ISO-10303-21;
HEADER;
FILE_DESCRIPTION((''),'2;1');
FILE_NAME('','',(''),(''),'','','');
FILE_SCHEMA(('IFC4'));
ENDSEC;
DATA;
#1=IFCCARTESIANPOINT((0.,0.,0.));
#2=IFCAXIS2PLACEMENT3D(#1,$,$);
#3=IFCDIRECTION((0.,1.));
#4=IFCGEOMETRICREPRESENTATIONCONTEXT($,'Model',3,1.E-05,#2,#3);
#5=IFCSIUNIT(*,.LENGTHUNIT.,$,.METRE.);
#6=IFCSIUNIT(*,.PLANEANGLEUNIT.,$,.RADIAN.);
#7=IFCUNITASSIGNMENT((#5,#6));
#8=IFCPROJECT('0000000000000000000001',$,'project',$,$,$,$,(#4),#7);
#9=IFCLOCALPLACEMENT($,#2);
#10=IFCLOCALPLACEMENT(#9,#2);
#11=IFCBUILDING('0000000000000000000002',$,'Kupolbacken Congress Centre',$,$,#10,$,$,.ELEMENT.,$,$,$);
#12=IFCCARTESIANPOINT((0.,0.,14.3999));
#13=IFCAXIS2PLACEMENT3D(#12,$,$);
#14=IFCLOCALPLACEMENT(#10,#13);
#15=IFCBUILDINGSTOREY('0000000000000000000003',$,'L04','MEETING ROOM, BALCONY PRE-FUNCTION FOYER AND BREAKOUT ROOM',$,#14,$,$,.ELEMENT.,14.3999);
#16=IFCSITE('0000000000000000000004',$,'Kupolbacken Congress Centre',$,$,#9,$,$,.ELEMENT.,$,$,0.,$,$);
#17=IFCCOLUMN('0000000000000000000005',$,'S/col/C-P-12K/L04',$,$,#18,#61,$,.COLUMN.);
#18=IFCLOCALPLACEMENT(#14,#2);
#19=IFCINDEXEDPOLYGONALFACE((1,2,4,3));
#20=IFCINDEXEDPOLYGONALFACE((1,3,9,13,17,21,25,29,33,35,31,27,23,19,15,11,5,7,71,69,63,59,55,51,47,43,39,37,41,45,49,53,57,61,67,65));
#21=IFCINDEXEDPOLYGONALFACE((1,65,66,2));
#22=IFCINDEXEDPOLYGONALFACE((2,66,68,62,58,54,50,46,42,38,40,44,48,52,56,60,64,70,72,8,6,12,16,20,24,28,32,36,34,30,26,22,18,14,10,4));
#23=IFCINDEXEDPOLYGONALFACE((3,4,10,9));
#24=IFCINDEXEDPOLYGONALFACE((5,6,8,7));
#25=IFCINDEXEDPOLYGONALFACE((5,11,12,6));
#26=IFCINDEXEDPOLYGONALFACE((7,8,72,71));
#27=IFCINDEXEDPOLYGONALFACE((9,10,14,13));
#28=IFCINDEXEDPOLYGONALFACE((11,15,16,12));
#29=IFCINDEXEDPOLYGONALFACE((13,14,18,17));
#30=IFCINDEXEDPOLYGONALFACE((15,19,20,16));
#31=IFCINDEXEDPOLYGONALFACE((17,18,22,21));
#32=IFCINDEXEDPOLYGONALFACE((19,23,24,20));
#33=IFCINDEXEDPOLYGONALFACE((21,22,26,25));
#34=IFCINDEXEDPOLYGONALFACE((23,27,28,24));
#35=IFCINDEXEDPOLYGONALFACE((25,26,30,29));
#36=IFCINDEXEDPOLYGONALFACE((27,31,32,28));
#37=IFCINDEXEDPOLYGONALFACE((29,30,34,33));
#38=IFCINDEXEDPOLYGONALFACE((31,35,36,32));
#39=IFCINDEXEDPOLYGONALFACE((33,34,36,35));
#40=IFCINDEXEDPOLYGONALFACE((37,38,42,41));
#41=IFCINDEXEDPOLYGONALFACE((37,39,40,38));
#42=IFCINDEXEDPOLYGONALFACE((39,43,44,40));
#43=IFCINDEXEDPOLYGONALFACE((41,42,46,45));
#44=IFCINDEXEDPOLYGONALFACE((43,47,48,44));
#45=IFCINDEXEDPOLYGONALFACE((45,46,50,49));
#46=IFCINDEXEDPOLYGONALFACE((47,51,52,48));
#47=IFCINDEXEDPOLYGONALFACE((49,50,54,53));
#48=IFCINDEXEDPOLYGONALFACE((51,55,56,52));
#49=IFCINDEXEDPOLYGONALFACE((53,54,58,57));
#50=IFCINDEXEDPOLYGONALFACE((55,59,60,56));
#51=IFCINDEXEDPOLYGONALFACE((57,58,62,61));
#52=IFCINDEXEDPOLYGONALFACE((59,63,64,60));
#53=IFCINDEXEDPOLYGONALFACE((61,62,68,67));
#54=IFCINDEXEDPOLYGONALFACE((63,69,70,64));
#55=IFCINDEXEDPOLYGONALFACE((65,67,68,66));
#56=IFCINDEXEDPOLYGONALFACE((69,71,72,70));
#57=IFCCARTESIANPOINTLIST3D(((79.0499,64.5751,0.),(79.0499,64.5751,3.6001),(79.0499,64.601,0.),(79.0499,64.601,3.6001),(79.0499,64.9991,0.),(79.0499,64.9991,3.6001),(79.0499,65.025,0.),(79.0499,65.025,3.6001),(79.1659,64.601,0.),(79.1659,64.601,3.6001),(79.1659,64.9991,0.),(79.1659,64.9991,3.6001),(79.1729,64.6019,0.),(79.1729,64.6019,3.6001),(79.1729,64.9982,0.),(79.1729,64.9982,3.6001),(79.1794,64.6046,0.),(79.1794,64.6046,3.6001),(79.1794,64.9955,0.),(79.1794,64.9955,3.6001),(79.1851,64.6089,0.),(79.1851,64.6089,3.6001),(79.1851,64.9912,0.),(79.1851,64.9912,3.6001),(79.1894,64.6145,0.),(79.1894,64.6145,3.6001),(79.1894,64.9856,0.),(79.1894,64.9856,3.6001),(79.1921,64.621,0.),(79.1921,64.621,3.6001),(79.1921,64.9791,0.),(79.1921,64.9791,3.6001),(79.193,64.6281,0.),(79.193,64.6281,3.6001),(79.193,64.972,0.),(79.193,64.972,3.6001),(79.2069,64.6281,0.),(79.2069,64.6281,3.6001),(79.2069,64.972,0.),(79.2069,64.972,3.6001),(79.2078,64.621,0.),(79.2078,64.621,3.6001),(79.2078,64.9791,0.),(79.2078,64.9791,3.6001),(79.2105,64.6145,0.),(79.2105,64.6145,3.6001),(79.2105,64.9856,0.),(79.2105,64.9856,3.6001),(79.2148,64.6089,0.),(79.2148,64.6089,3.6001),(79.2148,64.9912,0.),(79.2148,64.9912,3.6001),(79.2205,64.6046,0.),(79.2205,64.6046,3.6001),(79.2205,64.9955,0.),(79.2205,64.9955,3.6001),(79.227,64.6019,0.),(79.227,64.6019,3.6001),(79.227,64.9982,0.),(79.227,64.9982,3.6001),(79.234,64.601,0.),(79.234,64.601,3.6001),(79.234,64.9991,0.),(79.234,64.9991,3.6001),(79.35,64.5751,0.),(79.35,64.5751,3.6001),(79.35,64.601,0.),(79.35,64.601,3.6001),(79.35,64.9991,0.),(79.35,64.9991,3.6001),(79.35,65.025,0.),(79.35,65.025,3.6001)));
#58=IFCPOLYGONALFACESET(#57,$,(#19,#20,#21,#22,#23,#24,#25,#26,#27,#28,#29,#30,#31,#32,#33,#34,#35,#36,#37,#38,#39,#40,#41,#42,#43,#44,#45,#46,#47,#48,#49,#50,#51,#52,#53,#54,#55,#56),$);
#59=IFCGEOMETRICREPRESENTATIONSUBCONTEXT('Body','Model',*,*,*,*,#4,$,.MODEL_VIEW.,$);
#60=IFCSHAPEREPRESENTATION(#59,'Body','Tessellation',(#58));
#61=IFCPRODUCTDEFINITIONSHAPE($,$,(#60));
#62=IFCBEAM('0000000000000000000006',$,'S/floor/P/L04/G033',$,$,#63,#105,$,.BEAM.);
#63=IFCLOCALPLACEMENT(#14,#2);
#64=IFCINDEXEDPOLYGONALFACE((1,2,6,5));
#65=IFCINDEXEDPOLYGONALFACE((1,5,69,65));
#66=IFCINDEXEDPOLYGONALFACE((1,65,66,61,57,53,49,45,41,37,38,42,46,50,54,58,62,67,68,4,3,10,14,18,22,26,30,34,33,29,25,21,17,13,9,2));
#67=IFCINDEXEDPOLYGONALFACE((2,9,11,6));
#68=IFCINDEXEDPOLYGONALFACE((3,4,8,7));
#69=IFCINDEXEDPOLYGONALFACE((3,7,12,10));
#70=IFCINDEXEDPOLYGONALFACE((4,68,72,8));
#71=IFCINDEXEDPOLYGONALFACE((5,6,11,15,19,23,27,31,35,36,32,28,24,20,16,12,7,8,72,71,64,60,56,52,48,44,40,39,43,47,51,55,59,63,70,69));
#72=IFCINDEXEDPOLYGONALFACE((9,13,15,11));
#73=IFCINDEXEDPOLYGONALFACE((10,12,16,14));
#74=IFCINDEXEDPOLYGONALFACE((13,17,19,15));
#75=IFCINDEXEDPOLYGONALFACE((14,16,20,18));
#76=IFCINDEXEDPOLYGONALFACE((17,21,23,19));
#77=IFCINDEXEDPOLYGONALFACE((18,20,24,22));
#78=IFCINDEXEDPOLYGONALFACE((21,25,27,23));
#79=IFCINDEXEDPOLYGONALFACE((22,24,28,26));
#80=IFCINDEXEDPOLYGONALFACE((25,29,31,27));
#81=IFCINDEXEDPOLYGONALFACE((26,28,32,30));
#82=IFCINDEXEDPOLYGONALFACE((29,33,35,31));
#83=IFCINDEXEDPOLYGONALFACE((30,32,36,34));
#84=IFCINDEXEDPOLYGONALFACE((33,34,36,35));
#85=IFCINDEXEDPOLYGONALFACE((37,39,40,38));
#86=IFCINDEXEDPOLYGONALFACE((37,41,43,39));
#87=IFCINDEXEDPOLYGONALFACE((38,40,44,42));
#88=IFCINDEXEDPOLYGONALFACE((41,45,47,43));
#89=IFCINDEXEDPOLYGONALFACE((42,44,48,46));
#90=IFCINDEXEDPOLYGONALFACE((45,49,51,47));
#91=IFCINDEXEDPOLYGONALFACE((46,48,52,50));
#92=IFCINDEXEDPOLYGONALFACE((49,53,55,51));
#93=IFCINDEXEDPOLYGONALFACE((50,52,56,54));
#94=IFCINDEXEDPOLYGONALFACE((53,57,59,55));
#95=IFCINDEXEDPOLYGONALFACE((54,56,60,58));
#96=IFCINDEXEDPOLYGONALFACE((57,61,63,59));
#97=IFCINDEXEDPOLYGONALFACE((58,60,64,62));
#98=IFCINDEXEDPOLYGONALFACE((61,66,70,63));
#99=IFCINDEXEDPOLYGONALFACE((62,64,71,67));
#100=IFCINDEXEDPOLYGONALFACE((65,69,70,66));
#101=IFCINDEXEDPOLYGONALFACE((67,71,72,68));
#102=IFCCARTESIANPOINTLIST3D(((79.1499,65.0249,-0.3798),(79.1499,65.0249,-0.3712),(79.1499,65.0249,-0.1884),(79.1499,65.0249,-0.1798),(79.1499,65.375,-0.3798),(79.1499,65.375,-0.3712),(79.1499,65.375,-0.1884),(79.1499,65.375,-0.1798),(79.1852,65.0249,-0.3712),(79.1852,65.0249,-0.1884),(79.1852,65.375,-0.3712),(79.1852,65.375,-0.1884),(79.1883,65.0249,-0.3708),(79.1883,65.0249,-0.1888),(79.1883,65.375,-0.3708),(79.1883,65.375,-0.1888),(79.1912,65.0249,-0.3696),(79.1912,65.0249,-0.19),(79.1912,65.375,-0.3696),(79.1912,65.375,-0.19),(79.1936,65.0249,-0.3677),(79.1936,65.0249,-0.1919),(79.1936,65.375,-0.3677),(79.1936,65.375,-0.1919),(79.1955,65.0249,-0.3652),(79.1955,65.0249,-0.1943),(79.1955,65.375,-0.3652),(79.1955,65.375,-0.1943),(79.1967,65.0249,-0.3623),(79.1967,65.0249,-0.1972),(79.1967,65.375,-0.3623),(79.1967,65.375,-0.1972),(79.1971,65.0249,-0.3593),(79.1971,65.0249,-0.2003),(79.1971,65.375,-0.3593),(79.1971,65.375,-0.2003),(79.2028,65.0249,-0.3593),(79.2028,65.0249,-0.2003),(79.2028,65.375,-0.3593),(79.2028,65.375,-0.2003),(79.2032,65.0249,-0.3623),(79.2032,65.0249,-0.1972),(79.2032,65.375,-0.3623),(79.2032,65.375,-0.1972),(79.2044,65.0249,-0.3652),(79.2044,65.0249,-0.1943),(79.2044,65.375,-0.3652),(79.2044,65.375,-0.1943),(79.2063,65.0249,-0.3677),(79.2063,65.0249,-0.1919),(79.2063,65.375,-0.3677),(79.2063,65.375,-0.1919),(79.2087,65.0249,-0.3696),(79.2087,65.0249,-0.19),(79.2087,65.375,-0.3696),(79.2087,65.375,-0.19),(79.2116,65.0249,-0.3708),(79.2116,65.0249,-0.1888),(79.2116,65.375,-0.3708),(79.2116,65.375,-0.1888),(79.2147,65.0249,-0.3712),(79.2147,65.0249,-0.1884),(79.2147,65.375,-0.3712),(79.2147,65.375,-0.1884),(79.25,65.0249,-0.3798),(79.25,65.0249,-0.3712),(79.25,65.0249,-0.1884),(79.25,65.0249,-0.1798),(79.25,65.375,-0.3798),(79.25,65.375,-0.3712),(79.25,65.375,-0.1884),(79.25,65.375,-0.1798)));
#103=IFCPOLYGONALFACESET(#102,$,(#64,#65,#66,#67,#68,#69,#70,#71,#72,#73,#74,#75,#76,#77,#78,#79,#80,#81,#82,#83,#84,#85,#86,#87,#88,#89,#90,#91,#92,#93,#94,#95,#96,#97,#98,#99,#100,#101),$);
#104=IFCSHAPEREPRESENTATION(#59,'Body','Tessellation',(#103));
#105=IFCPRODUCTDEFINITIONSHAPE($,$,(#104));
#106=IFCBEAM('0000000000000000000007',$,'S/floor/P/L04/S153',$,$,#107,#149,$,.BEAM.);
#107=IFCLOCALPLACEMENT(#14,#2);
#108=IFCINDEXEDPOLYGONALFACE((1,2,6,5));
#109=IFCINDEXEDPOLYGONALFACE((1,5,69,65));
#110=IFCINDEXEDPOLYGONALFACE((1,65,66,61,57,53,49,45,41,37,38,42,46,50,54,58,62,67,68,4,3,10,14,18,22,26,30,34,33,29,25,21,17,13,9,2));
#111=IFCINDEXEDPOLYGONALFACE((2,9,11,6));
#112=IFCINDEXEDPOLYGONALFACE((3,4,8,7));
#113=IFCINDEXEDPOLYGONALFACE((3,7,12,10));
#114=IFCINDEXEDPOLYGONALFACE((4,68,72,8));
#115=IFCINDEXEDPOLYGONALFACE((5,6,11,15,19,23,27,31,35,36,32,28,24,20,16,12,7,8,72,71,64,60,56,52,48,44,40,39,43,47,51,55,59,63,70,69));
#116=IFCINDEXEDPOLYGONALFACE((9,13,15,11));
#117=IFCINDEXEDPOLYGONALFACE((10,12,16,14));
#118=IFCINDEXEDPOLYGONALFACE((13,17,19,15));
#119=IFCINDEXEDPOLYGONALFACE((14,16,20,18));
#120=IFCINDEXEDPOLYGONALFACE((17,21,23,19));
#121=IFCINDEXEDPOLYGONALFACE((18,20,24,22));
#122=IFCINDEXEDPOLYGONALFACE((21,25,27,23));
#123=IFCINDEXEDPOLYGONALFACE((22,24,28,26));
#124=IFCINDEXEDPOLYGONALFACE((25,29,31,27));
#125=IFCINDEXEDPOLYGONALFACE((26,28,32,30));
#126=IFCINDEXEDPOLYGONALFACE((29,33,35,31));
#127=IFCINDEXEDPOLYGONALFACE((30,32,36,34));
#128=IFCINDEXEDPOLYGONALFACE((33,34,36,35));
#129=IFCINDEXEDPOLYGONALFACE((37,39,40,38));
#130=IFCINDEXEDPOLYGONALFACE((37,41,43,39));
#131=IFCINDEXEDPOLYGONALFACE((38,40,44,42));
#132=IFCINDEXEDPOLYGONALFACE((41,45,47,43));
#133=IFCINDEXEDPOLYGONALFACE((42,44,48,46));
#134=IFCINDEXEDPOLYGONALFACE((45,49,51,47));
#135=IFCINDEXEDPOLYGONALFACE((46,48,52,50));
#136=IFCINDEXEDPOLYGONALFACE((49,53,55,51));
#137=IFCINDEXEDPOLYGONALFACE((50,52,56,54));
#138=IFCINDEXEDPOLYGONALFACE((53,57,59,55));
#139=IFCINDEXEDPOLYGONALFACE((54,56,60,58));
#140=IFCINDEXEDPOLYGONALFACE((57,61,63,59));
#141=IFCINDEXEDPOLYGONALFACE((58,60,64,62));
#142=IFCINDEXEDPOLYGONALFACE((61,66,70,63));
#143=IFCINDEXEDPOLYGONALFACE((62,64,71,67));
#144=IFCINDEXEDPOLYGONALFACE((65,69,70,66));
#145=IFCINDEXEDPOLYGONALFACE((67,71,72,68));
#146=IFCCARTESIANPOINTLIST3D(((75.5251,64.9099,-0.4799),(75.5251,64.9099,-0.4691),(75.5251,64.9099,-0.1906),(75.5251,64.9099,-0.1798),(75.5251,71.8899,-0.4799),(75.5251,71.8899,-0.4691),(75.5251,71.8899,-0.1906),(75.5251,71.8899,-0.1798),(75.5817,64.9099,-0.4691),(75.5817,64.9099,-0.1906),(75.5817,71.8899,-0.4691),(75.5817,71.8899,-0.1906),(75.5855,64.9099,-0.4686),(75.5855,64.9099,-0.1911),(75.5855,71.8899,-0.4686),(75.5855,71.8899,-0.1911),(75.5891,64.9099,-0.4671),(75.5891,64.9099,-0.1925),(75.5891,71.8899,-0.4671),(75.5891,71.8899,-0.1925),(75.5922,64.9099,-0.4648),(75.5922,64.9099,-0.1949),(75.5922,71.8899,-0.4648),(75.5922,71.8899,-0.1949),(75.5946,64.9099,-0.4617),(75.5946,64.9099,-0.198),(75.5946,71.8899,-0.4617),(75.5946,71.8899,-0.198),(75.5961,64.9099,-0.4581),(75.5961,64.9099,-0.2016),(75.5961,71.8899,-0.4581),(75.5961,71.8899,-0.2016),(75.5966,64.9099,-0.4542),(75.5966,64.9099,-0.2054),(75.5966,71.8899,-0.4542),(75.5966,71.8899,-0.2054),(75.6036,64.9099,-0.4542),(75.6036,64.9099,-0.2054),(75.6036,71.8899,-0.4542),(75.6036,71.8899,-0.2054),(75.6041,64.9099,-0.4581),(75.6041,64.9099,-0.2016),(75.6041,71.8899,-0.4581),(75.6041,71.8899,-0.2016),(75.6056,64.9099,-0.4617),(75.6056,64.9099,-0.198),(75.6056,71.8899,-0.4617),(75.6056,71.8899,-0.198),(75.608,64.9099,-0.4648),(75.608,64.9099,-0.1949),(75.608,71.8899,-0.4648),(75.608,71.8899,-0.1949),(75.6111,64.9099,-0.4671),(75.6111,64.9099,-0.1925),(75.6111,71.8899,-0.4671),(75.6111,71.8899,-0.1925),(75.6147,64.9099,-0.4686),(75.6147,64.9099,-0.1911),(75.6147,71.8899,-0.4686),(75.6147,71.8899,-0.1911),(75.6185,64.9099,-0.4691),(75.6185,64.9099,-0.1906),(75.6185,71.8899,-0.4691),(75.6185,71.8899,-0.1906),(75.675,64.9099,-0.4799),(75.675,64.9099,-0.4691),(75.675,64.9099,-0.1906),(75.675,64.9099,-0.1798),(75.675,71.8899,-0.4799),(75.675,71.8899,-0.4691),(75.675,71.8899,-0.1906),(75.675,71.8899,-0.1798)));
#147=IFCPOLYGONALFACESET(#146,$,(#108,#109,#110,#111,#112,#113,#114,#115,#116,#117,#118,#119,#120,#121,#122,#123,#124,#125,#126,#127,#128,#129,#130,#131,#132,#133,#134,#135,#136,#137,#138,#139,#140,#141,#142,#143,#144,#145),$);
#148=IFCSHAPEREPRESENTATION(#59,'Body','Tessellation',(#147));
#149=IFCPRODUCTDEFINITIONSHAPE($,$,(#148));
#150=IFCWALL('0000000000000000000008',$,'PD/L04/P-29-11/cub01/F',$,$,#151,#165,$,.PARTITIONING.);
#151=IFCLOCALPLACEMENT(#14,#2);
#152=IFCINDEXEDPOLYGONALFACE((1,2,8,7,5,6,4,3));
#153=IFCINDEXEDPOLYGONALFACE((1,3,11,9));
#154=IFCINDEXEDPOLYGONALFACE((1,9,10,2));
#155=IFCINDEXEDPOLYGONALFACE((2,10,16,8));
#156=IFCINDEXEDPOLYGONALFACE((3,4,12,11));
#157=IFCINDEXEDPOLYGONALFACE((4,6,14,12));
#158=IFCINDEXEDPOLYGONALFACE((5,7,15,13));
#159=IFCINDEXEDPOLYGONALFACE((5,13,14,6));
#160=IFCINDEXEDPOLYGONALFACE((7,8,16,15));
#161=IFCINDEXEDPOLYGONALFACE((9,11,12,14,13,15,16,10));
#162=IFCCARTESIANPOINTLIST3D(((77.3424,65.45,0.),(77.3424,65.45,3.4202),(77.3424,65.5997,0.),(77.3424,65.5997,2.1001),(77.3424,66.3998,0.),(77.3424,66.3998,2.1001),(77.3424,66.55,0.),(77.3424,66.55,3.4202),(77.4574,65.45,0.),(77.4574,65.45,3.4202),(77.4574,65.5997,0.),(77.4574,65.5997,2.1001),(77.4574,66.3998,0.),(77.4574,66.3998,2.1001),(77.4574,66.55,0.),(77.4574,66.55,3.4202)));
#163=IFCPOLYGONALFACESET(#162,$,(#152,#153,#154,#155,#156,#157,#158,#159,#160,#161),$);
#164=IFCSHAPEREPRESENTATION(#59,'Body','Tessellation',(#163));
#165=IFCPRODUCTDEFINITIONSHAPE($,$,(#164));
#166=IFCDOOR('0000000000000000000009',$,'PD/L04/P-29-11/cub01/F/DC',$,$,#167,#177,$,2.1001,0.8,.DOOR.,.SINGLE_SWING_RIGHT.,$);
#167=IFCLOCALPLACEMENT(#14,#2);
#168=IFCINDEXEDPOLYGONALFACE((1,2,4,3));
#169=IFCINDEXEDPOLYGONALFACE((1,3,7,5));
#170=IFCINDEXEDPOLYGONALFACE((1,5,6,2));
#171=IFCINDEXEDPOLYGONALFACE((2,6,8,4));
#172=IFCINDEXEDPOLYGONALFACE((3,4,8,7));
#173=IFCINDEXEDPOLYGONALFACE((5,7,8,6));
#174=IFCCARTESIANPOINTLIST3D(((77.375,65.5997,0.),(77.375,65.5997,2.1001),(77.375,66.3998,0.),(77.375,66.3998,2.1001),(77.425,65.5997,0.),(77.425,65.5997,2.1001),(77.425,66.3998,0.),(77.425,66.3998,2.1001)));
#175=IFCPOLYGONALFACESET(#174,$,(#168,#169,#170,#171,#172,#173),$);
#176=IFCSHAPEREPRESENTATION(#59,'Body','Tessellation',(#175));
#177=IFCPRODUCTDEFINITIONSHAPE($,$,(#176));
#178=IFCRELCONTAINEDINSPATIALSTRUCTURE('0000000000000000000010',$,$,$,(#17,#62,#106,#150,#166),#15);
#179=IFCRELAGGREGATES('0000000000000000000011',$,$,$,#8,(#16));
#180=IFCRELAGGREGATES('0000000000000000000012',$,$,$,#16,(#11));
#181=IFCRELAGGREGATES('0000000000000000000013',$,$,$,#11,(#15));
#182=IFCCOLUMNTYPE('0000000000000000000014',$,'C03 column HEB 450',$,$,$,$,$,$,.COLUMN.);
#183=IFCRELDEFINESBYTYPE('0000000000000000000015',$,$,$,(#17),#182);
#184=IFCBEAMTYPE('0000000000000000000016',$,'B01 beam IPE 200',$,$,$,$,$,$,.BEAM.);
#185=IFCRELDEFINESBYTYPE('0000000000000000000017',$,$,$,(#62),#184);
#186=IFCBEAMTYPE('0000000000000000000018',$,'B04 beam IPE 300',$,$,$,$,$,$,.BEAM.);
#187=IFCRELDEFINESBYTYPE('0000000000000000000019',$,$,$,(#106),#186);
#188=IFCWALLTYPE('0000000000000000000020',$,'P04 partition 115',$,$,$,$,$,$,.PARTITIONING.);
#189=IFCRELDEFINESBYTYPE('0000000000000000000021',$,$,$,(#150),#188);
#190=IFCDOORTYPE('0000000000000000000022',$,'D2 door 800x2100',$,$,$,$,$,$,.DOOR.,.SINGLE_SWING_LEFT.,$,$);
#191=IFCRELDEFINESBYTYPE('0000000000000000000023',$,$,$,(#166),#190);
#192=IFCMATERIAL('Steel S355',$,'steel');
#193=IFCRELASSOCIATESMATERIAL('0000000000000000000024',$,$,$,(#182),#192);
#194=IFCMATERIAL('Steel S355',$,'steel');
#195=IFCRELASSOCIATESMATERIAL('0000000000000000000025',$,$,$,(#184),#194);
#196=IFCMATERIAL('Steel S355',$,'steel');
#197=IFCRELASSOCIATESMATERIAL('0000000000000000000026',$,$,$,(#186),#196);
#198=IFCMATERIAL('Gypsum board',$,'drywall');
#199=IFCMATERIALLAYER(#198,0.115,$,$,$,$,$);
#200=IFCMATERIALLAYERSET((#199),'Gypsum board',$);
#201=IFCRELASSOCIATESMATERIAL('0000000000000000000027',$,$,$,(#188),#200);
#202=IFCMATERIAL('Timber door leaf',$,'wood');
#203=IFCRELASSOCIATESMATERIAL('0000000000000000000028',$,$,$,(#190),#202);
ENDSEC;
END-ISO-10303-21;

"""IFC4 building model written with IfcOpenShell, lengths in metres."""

from ifc_helpers import new_model, si_unit, direction, frame, frame_2d, origin, origin_2d, place, context, subcontext, project, spatial, rectangle, i_section, extrude, material, layer, layer_set, material_profile, profile_set, type_object, element, fill, save


model = new_model("IFC4")

# Units and contexts
model_context = context("Model", 3, precision=1e-05, world=origin(), true_north=direction((0.0, 1.0)))
body_context = subcontext(model_context, "Body", "Model", "MODEL_VIEW")
ifc_project = project(units=[si_unit("LENGTHUNIT", "METRE"), si_unit("PLANEANGLEUNIT", "RADIAN")], contexts=[model_context])

# Site, building, storey
site_placement = place(None, origin())
site = spatial("IfcSite", under=ifc_project, at=site_placement, Name="Kupolbacken Congress Centre", CompositionType="ELEMENT", RefElevation=0.0)
building_placement = place(site_placement, origin())
building = spatial("IfcBuilding", under=site, at=building_placement, Name="Kupolbacken Congress Centre", CompositionType="ELEMENT")
storey_placement = place(building_placement, frame((0.0, 0.0, 14.3999)))
storey = spatial("IfcBuildingStorey", under=building, at=storey_placement, Name="L04", Description="MEETING ROOM, BALCONY PRE-FUNCTION FOYER AND BREAKOUT ROOM", CompositionType="ELEMENT", Elevation=14.3999)

# Column
ifc_material_1 = material(Name="Steel S355", Category="steel")
ifc_material_profile_1 = material_profile(ifc_material_1, i_section(OverallWidth=0.3, OverallDepth=0.45, WebThickness=0.0139, FlangeThickness=0.0259, FilletRadius=0.0271, at=origin_2d()), Name="HEB 450")
ifc_profile_set_1 = profile_set([ifc_material_profile_1], Name="Steel S355")
column_type = type_object("IfcColumnType", Name="C03 column HEB 450", PredefinedType="COLUMN", material=ifc_profile_set_1)
column_placement = place(storey_placement, frame((79.2, 64.8, 0.0), z_axis=(0.0, 0.0, 1.0), x_axis=(1.0, 0.0, 0.0)))
element("IfcColumn", 1, at=column_placement, inside=storey, type_object=column_type, Name="S/col/C-P-12K/L04", PredefinedType="COLUMN", context=body_context, shape_type="SweptSolid", body=[
    extrude(i_section(OverallWidth=0.3, OverallDepth=0.45, WebThickness=0.0139, FlangeThickness=0.0259, FilletRadius=0.0271, at=origin_2d()), origin(), (0.0, 0.0, 1.0), 3.6001),
])

# Beams
ifc_material_2 = material(Name="Steel S355", Category="steel")
ifc_material_profile_2 = material_profile(ifc_material_2, i_section(OverallWidth=0.1001, OverallDepth=0.2, WebThickness=0.0056, FlangeThickness=0.0085, FilletRadius=0.012, at=origin_2d()), Name="IPE 200")
ifc_profile_set_2 = profile_set([ifc_material_profile_2], Name="Steel S355")
beam_type_1 = type_object("IfcBeamType", Name="B01 beam IPE 200", PredefinedType="BEAM", material=ifc_profile_set_2)
beam_1_placement = place(storey_placement, frame((79.2, 65.0249, -0.2798), z_axis=(0.0, 1.0, 0.0), x_axis=(-1.0, 0.0, 0.0)))
element("IfcBeam", 2, at=beam_1_placement, inside=storey, type_object=beam_type_1, Name="S/floor/P/L04/G033", PredefinedType="BEAM", context=body_context, shape_type="SweptSolid", body=[
    extrude(i_section(OverallWidth=0.1001, OverallDepth=0.2, WebThickness=0.0056, FlangeThickness=0.0085, FilletRadius=0.012, at=origin_2d()), origin(), (0.0, 0.0, 1.0), 0.3501),
])
ifc_material_3 = material(Name="Steel S355", Category="steel")
ifc_material_profile_3 = material_profile(ifc_material_3, i_section(OverallWidth=0.1499, OverallDepth=0.3, WebThickness=0.0071, FlangeThickness=0.0107, FilletRadius=0.0149, at=origin_2d()), Name="IPE 300")
ifc_profile_set_3 = profile_set([ifc_material_profile_3], Name="Steel S355")
beam_type_2 = type_object("IfcBeamType", Name="B04 beam IPE 300", PredefinedType="BEAM", material=ifc_profile_set_3)
beam_2_placement = place(storey_placement, frame((75.6001, 64.9099, -0.3298), z_axis=(0.0, 1.0, 0.0), x_axis=(-1.0, 0.0, 0.0)))
element("IfcBeam", 3, at=beam_2_placement, inside=storey, type_object=beam_type_2, Name="S/floor/P/L04/S153", PredefinedType="BEAM", context=body_context, shape_type="SweptSolid", body=[
    extrude(i_section(OverallWidth=0.1499, OverallDepth=0.3, WebThickness=0.0071, FlangeThickness=0.0107, FilletRadius=0.0149, at=origin_2d()), origin(), (0.0, 0.0, 1.0), 6.98),
])

# Wall, opening, door
ifc_material_4 = material(Name="Gypsum board", Category="drywall")
ifc_layer_1 = layer(ifc_material_4, 0.115)
ifc_layer_set_1 = layer_set([ifc_layer_1], Name="Gypsum board")
wall_type_1 = type_object("IfcWallType", Name="P04 partition 115", PredefinedType="PARTITIONING", material=ifc_layer_set_1)
wall_1_placement = place(storey_placement, frame((77.3999, 65.45, 0.0), z_axis=(0.0, 0.0, 1.0), x_axis=(0.0, 1.0, 0.0)))
wall_1 = element("IfcWall", 4, at=wall_1_placement, inside=storey, type_object=wall_type_1, Name="PD/L04/P-29-11/cub01/F", PredefinedType="PARTITIONING", context=body_context, shape_type="SweptSolid", body=[
    extrude(rectangle(XDim=1.1001, YDim=0.115, at=frame_2d((0.55, 0.0))), origin(), (0.0, 0.0, 1.0), 3.4202),
])
opening_1_placement = place(wall_1_placement, frame((0.1499, 0.0, 0.0)))
opening_1 = element("IfcOpeningElement", 5, at=opening_1_placement, cuts=wall_1, PredefinedType="OPENING", context=body_context, shape_type="SweptSolid", body=[
    extrude(rectangle(XDim=0.8, YDim=2.1001, at=frame_2d((0.3999, 1.05))), frame((0.0, 0.0674, 0.0), z_axis=(0.0, -1.0, 0.0), x_axis=(1.0, 0.0, 0.0)), (0.0, 0.0, 1.0), 0.135),
])
ifc_material_5 = material(Name="Timber door leaf", Category="wood")
door_type_1 = type_object("IfcDoorType", Name="D2 door 800x2100", OperationType="SINGLE_SWING_LEFT", PredefinedType="DOOR", material=ifc_material_5)
door_1_placement = place(opening_1_placement, origin())
door_1 = element("IfcDoor", 6, at=door_1_placement, inside=storey, type_object=door_type_1, Name="PD/L04/P-29-11/cub01/F/DC", OperationType="SINGLE_SWING_RIGHT", OverallHeight=2.1001, OverallWidth=0.8, PredefinedType="DOOR", context=body_context, shape_type="SweptSolid", body=[
    extrude(rectangle(XDim=0.8, YDim=2.1001, at=frame_2d((0.3999, 1.05))), frame((0.0, 0.0249, 0.0), z_axis=(0.0, -1.0, 0.0), x_axis=(1.0, 0.0, 0.0)), (0.0, 0.0, 1.0), 0.05),
])
fill(opening_1, door_1)

save(model, "model.ifc")
